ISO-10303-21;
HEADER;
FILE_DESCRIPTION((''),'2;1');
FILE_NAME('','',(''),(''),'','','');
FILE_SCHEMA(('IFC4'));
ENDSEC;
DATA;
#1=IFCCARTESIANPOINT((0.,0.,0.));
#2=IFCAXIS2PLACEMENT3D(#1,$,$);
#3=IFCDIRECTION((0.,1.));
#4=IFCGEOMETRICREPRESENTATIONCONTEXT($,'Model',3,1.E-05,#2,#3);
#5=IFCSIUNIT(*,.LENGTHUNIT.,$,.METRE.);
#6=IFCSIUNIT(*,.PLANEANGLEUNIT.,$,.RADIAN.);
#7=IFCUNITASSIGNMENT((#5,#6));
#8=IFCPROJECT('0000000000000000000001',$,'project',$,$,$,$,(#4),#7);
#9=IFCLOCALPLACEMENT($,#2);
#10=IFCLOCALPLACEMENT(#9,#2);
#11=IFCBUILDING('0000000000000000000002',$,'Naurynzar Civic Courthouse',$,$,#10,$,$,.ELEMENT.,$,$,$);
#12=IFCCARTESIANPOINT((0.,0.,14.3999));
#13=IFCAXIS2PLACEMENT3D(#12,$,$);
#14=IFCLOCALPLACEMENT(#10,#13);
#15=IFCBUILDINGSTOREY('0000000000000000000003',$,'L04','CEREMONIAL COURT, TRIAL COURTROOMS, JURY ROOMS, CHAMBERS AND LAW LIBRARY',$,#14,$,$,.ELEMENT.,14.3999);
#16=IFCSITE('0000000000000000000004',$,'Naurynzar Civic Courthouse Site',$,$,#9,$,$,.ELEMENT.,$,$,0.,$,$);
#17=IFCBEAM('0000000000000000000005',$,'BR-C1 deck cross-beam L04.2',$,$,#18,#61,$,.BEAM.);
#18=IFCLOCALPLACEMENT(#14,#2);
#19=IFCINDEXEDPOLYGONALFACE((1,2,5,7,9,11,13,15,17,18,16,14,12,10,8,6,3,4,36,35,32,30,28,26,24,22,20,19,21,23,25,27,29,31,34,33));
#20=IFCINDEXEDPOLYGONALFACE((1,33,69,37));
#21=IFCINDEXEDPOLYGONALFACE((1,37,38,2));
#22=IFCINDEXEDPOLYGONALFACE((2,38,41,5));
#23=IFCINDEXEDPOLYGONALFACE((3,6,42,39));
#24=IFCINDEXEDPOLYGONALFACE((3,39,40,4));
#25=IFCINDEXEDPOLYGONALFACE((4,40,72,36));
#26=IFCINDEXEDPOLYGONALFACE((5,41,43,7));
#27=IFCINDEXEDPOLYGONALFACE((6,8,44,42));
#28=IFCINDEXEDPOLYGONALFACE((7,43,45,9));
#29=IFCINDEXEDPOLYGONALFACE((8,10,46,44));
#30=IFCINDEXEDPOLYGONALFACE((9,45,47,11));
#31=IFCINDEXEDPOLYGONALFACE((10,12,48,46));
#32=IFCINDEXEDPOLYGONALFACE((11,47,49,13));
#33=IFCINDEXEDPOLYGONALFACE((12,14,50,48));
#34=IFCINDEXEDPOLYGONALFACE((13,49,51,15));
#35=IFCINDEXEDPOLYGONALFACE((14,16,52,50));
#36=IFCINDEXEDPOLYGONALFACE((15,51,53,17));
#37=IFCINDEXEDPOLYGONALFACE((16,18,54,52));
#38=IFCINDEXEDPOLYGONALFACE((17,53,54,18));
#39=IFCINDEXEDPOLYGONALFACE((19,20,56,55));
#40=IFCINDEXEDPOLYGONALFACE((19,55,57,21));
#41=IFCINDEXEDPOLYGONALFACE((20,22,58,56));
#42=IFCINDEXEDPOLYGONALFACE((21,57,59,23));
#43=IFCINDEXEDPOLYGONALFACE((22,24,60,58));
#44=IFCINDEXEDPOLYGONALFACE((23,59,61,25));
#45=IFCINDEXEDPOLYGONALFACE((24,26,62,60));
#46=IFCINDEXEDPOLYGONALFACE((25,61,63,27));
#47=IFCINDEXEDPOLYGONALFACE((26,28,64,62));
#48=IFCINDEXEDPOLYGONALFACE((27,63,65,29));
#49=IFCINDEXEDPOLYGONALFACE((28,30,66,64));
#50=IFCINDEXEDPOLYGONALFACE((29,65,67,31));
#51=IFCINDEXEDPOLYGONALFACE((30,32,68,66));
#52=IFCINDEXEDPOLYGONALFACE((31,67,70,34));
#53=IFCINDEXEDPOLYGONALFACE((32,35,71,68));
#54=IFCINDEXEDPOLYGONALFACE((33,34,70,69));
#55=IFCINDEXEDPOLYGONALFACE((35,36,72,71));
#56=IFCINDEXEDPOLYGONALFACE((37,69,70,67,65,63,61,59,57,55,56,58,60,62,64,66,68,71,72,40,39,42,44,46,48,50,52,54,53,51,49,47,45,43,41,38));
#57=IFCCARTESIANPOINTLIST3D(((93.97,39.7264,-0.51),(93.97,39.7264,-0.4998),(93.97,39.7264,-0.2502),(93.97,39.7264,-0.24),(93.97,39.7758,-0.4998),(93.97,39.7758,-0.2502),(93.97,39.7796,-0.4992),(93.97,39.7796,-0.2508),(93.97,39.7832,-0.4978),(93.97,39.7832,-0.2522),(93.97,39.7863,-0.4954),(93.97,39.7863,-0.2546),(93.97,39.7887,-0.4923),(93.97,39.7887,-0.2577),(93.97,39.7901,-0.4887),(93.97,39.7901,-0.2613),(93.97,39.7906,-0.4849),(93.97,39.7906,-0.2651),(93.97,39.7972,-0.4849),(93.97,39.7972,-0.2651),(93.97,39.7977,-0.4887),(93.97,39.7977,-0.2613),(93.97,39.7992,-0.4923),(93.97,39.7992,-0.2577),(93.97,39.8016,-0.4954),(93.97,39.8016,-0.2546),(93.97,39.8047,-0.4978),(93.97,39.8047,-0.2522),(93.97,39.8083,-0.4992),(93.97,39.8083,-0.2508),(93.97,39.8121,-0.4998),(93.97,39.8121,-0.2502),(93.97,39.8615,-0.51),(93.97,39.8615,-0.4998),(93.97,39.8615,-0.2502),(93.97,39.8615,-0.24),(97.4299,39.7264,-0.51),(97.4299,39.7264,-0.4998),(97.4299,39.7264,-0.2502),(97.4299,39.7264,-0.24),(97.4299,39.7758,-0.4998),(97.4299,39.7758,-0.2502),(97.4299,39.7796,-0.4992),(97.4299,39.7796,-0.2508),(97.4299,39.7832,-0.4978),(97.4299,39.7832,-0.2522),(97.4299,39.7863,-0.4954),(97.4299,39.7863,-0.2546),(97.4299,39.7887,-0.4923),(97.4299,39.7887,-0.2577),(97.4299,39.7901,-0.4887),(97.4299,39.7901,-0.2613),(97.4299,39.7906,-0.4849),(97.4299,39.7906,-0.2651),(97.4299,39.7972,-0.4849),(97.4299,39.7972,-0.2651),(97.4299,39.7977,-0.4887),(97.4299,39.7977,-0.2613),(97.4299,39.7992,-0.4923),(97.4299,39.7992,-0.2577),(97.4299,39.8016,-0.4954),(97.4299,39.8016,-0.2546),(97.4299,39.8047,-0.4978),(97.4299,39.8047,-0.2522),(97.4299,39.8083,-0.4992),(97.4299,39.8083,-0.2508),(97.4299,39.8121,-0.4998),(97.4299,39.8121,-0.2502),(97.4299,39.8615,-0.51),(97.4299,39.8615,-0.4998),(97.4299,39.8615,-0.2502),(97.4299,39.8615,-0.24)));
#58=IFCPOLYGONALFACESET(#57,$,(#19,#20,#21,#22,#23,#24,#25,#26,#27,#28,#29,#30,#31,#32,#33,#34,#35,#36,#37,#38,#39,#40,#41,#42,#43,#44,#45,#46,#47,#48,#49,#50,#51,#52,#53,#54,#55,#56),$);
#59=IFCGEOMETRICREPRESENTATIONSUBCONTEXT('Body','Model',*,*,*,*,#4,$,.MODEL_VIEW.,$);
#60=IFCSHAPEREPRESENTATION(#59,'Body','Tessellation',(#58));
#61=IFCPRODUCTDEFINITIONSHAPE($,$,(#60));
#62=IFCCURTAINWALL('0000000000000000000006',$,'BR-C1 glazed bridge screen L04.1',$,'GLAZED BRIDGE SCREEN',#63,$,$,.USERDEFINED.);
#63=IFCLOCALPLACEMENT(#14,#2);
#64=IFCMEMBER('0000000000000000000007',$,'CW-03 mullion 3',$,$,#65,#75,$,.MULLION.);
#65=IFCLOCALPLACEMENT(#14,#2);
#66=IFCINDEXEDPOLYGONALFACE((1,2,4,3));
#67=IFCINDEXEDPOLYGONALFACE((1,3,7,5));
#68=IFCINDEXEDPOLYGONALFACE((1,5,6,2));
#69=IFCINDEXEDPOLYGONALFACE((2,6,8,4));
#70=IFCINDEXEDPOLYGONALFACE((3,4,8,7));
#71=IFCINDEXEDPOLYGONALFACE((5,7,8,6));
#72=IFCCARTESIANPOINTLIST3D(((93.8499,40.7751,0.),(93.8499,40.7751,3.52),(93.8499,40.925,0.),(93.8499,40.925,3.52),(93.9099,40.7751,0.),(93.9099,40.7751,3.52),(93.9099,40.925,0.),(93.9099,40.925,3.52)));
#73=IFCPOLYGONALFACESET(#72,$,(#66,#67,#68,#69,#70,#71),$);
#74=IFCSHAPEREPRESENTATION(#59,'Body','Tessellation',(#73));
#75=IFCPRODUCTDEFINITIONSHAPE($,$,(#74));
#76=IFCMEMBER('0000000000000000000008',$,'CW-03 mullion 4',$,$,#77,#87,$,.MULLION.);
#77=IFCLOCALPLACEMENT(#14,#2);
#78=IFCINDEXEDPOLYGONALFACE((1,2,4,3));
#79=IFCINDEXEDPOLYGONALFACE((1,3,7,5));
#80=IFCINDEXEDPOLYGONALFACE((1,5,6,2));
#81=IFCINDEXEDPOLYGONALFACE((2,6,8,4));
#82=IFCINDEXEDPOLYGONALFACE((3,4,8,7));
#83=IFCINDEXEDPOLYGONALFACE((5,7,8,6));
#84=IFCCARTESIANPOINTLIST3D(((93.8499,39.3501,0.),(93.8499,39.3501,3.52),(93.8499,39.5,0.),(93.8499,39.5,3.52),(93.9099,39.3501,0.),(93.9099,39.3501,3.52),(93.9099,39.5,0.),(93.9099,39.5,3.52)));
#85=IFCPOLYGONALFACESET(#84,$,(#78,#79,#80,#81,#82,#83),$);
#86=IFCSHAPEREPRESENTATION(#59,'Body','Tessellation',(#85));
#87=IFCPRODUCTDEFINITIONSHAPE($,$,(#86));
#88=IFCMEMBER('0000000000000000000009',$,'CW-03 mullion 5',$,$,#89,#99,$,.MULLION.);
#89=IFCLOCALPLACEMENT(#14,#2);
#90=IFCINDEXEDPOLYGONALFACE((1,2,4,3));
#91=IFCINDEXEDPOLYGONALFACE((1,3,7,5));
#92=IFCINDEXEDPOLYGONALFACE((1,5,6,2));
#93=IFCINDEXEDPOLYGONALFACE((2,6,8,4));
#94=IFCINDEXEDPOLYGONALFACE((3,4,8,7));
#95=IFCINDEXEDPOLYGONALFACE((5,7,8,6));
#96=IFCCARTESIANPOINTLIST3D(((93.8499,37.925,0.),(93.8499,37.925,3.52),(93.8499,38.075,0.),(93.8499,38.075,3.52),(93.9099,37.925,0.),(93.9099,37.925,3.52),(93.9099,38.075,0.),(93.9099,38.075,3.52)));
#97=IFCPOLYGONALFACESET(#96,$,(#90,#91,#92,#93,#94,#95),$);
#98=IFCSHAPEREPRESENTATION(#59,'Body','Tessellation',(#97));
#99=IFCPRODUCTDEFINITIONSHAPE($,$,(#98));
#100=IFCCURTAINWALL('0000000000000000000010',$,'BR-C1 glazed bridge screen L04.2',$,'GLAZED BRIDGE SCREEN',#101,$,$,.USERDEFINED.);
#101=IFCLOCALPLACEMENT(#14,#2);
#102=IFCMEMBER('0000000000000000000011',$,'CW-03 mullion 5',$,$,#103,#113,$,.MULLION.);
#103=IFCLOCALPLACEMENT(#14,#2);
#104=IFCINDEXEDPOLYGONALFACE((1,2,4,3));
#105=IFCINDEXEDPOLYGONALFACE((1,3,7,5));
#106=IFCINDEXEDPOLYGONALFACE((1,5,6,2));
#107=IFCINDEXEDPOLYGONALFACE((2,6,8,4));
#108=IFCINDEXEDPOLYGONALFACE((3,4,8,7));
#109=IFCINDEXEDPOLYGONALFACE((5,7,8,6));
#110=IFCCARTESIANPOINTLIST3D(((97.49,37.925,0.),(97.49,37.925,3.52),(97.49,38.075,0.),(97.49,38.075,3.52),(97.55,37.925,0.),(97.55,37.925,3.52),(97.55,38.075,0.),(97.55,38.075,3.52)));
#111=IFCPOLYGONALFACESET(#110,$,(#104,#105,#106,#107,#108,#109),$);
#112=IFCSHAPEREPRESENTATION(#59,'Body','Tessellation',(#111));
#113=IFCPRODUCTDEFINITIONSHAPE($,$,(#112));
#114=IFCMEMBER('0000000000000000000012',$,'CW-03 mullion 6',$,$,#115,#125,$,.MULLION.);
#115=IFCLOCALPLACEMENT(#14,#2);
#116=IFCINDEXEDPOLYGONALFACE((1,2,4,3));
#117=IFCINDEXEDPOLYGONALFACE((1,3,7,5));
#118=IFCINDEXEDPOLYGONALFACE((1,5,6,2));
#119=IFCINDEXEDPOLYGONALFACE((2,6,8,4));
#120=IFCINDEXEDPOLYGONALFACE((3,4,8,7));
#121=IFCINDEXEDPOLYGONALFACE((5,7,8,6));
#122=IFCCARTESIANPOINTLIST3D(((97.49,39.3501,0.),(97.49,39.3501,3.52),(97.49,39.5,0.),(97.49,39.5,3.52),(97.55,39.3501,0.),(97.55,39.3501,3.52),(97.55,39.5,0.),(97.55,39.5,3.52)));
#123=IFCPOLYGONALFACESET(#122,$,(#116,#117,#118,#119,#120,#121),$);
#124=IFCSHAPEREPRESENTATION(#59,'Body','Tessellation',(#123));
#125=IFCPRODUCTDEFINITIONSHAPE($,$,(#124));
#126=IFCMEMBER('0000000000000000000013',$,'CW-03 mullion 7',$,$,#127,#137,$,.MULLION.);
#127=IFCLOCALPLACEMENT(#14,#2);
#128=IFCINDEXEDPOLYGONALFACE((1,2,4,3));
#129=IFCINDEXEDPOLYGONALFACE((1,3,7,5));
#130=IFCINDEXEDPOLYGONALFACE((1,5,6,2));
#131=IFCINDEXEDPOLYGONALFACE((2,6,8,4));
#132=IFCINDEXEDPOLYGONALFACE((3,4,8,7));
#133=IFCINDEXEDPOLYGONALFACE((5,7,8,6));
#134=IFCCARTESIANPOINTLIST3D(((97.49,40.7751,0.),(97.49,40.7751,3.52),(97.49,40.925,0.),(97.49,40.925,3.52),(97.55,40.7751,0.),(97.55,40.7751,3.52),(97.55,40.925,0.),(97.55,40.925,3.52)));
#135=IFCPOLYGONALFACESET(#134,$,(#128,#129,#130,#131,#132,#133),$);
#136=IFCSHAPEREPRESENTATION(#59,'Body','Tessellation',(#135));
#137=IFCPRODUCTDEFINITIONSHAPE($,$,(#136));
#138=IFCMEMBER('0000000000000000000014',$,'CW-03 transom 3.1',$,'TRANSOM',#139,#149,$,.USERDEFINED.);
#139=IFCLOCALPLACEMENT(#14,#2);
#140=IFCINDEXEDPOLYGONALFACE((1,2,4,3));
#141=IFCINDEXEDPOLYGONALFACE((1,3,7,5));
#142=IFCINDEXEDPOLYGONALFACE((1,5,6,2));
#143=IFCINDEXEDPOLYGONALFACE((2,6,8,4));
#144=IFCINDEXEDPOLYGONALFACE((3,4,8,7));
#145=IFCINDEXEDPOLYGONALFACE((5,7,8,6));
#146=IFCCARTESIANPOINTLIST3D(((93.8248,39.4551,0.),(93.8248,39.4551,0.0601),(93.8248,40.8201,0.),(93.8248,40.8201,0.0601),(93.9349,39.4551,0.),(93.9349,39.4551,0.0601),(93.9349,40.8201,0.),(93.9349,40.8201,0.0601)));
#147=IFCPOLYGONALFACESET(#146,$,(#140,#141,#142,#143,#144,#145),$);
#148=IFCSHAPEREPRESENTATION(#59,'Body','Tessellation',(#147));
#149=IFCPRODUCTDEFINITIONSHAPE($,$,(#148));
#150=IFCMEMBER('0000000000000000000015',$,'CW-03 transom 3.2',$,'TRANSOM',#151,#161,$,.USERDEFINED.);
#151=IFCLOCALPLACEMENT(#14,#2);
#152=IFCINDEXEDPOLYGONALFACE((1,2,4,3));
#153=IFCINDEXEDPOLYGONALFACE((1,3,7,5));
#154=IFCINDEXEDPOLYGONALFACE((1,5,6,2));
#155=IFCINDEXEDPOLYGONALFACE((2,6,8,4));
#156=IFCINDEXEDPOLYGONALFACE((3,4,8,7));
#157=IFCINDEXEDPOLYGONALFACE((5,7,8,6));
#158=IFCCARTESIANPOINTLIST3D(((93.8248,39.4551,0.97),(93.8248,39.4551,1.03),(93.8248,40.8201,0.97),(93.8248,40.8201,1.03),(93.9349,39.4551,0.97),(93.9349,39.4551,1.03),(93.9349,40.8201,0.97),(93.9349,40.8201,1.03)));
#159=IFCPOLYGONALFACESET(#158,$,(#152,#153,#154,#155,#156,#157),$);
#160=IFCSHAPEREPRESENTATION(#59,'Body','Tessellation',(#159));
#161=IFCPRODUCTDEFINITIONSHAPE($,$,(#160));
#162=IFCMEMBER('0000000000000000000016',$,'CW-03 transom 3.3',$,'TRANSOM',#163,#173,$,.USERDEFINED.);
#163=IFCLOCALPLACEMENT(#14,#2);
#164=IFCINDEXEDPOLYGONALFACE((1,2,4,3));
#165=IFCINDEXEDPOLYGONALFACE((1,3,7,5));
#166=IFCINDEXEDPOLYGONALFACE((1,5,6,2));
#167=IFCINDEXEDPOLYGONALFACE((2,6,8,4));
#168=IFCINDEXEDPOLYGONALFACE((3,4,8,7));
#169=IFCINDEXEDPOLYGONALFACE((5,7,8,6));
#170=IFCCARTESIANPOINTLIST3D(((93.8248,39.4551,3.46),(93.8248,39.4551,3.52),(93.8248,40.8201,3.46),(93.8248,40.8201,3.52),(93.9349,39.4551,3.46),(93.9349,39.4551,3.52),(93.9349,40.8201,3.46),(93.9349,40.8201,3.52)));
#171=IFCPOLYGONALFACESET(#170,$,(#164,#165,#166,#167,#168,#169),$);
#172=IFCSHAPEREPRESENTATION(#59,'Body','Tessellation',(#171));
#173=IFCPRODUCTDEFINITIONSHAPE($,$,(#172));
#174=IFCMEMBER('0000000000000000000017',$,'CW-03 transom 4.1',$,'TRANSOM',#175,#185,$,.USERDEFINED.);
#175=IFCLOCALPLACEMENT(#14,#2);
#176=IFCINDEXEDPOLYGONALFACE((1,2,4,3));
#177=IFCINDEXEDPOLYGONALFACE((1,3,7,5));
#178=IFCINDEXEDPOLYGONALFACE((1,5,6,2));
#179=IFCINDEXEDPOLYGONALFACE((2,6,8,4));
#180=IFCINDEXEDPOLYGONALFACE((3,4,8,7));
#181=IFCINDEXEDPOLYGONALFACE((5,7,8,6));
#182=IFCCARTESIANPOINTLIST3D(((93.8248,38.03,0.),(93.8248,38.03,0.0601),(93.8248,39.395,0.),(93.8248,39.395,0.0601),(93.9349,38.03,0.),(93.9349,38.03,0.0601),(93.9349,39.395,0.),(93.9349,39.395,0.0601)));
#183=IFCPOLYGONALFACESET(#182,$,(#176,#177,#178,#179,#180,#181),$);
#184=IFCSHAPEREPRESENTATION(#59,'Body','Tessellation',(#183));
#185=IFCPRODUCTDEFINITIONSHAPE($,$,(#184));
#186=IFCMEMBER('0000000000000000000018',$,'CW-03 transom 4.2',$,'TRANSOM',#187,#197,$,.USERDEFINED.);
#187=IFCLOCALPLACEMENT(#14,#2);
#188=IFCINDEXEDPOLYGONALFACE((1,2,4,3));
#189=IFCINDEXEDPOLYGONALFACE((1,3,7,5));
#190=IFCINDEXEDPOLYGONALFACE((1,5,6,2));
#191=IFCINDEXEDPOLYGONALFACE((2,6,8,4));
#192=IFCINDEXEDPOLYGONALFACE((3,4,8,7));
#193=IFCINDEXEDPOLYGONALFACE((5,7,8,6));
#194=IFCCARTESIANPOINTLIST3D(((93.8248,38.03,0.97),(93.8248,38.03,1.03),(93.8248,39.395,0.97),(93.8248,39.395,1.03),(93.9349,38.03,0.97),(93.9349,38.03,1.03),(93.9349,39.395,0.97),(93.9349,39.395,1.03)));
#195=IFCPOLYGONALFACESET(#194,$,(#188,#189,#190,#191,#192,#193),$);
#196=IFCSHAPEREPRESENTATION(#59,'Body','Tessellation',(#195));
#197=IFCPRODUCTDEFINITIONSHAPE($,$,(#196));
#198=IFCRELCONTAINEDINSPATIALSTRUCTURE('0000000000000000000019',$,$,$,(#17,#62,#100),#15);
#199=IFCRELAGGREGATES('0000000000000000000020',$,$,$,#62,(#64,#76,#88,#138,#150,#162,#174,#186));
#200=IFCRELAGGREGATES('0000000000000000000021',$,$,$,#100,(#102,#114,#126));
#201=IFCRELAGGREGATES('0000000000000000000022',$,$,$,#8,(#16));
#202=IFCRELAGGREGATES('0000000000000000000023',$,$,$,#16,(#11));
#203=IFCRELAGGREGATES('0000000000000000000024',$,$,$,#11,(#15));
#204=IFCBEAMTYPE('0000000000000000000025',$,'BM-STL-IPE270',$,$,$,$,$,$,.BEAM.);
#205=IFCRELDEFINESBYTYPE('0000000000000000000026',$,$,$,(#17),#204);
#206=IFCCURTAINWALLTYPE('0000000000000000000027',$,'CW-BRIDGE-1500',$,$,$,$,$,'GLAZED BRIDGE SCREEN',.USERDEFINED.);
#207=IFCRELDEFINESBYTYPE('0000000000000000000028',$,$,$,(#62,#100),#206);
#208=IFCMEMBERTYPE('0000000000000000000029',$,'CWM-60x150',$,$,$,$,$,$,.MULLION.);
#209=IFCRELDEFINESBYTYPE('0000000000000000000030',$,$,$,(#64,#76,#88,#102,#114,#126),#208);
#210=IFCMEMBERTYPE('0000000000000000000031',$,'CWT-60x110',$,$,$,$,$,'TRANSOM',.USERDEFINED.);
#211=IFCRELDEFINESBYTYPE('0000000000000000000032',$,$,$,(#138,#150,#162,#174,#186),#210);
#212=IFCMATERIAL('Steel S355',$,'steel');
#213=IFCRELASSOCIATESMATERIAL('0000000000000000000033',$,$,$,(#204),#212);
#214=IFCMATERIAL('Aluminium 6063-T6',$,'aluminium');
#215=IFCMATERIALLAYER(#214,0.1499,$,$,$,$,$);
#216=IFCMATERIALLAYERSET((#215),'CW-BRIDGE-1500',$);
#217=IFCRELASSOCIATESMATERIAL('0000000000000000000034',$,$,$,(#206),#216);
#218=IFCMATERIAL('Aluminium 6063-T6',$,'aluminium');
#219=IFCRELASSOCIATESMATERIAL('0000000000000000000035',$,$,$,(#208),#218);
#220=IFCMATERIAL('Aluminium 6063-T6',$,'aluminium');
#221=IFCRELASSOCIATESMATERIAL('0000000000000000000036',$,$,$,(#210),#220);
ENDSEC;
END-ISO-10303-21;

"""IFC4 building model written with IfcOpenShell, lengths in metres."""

from ifc_helpers import new_model, si_unit, direction, frame, origin, origin_2d, place, context, subcontext, project, spatial, rectangle, i_section, extrude, material, layer, layer_set, material_profile, profile_set, type_object, element, aggregate, save


model = new_model("IFC4")

# Units and contexts
model_context = context("Model", 3, precision=1e-05, world=origin(), true_north=direction((0.0, 1.0)))
body_context = subcontext(model_context, "Body", "Model", "MODEL_VIEW")
ifc_project = project(units=[si_unit("LENGTHUNIT", "METRE"), si_unit("PLANEANGLEUNIT", "RADIAN")], contexts=[model_context])

# Site, building, storey
site_placement = place(None, origin())
site = spatial("IfcSite", under=ifc_project, at=site_placement, Name="Naurynzar Civic Courthouse Site", CompositionType="ELEMENT", RefElevation=0.0)
building_placement = place(site_placement, origin())
building = spatial("IfcBuilding", under=site, at=building_placement, Name="Naurynzar Civic Courthouse", CompositionType="ELEMENT")
storey_placement = place(building_placement, frame((0.0, 0.0, 14.3999)))
storey = spatial("IfcBuildingStorey", under=building, at=storey_placement, Name="L04", Description="CEREMONIAL COURT, TRIAL COURTROOMS, JURY ROOMS, CHAMBERS AND LAW LIBRARY", CompositionType="ELEMENT", Elevation=14.3999)

# Beam
ifc_material_1 = material(Name="Steel S355", Category="steel")
ifc_material_profile_1 = material_profile(ifc_material_1, i_section(OverallWidth=0.135, OverallDepth=0.27, WebThickness=0.0066, FlangeThickness=0.0103, FilletRadius=0.0149, at=origin_2d()), Name="IPE 270")
ifc_profile_set_1 = profile_set([ifc_material_profile_1], Name="Steel S355")
beam_type = type_object("IfcBeamType", Name="BM-STL-IPE270", PredefinedType="BEAM", material=ifc_profile_set_1)
beam_placement = place(storey_placement, frame((93.97, 39.7939, -0.375), z_axis=(1.0, 0.0, 0.0), x_axis=(0.0, 1.0, 0.0)))
element("IfcBeam", 1, at=beam_placement, inside=storey, type_object=beam_type, Name="BR-C1 deck cross-beam L04.2", PredefinedType="BEAM", context=body_context, shape_type="SweptSolid", body=[
    extrude(i_section(OverallWidth=0.135, OverallDepth=0.27, WebThickness=0.0066, FlangeThickness=0.0103, FilletRadius=0.0149, at=origin_2d()), origin(), (0.0, 0.0, 1.0), 3.46),
])

# Curtain walls, members
ifc_material_2 = material(Name="Aluminium 6063-T6", Category="aluminium")
ifc_layer_1 = layer(ifc_material_2, 0.1499)
ifc_layer_set_1 = layer_set([ifc_layer_1], Name="CW-BRIDGE-1500")
curtain_wall_type = type_object("IfcCurtainWallType", Name="CW-BRIDGE-1500", ElementType="GLAZED BRIDGE SCREEN", PredefinedType="USERDEFINED", material=ifc_layer_set_1)
curtain_wall_1_placement = place(storey_placement, origin())
curtain_wall_1 = element("IfcCurtainWall", 2, at=curtain_wall_1_placement, inside=storey, type_object=curtain_wall_type, Name="BR-C1 glazed bridge screen L04.1", ObjectType="GLAZED BRIDGE SCREEN", PredefinedType="USERDEFINED")
ifc_material_3 = material(Name="Aluminium 6063-T6", Category="aluminium")
ifc_material_profile_2 = material_profile(ifc_material_3, rectangle(XDim=0.0601, YDim=0.1499, at=origin_2d()), Name="ALU MULLION 60x150")
ifc_profile_set_2 = profile_set([ifc_material_profile_2], Name="Aluminium 6063-T6")
member_type_1 = type_object("IfcMemberType", Name="CWM-60x150", PredefinedType="MULLION", material=ifc_profile_set_2)
member_1_placement = place(storey_placement, frame((93.8799, 40.8501, 0.0), z_axis=(0.0, 0.0, 1.0), x_axis=(1.0, 0.0, 0.0)))
member_1 = element("IfcMember", 3, at=member_1_placement, type_object=member_type_1, Name="CW-03 mullion 3", PredefinedType="MULLION", context=body_context, shape_type="SweptSolid", body=[
    extrude(rectangle(XDim=0.0601, YDim=0.1499, at=origin_2d()), origin(), (0.0, 0.0, 1.0), 3.52),
])
member_2_placement = place(storey_placement, frame((93.8799, 39.425, 0.0), z_axis=(0.0, 0.0, 1.0), x_axis=(1.0, 0.0, 0.0)))
member_2 = element("IfcMember", 4, at=member_2_placement, type_object=member_type_1, Name="CW-03 mullion 4", PredefinedType="MULLION", context=body_context, shape_type="SweptSolid", body=[
    extrude(rectangle(XDim=0.0601, YDim=0.1499, at=origin_2d()), origin(), (0.0, 0.0, 1.0), 3.52),
])
member_3_placement = place(storey_placement, frame((93.8799, 38.0, 0.0), z_axis=(0.0, 0.0, 1.0), x_axis=(1.0, 0.0, 0.0)))
member_3 = element("IfcMember", 5, at=member_3_placement, type_object=member_type_1, Name="CW-03 mullion 5", PredefinedType="MULLION", context=body_context, shape_type="SweptSolid", body=[
    extrude(rectangle(XDim=0.0601, YDim=0.1499, at=origin_2d()), origin(), (0.0, 0.0, 1.0), 3.52),
])
curtain_wall_2_placement = place(storey_placement, origin())
curtain_wall_2 = element("IfcCurtainWall", 6, at=curtain_wall_2_placement, inside=storey, type_object=curtain_wall_type, Name="BR-C1 glazed bridge screen L04.2", ObjectType="GLAZED BRIDGE SCREEN", PredefinedType="USERDEFINED")
member_4_placement = place(storey_placement, frame((97.52, 38.0, 0.0), z_axis=(0.0, 0.0, 1.0), x_axis=(-1.0, 0.0, 0.0)))
member_4 = element("IfcMember", 7, at=member_4_placement, type_object=member_type_1, Name="CW-03 mullion 5", PredefinedType="MULLION", context=body_context, shape_type="SweptSolid", body=[
    extrude(rectangle(XDim=0.0601, YDim=0.1499, at=origin_2d()), origin(), (0.0, 0.0, 1.0), 3.52),
])
member_5_placement = place(storey_placement, frame((97.52, 39.425, 0.0), z_axis=(0.0, 0.0, 1.0), x_axis=(-1.0, 0.0, 0.0)))
member_5 = element("IfcMember", 8, at=member_5_placement, type_object=member_type_1, Name="CW-03 mullion 6", PredefinedType="MULLION", context=body_context, shape_type="SweptSolid", body=[
    extrude(rectangle(XDim=0.0601, YDim=0.1499, at=origin_2d()), origin(), (0.0, 0.0, 1.0), 3.52),
])
member_6_placement = place(storey_placement, frame((97.52, 40.8501, 0.0), z_axis=(0.0, 0.0, 1.0), x_axis=(-1.0, 0.0, 0.0)))
member_6 = element("IfcMember", 9, at=member_6_placement, type_object=member_type_1, Name="CW-03 mullion 7", PredefinedType="MULLION", context=body_context, shape_type="SweptSolid", body=[
    extrude(rectangle(XDim=0.0601, YDim=0.1499, at=origin_2d()), origin(), (0.0, 0.0, 1.0), 3.52),
])

# Members
ifc_material_4 = material(Name="Aluminium 6063-T6", Category="aluminium")
ifc_material_profile_3 = material_profile(ifc_material_4, rectangle(XDim=0.1101, YDim=0.0601, at=origin_2d()), Name="ALU TRANSOM 60x110")
ifc_profile_set_3 = profile_set([ifc_material_profile_3], Name="Aluminium 6063-T6")
member_type_2 = type_object("IfcMemberType", Name="CWT-60x110", ElementType="TRANSOM", PredefinedType="USERDEFINED", material=ifc_profile_set_3)
member_7_placement = place(storey_placement, frame((93.8799, 40.8201, 0.03), z_axis=(0.0, -1.0, 0.0), x_axis=(1.0, 0.0, 0.0)))
member_7 = element("IfcMember", 10, at=member_7_placement, type_object=member_type_2, Name="CW-03 transom 3.1", ObjectType="TRANSOM", PredefinedType="USERDEFINED", context=body_context, shape_type="SweptSolid", body=[
    extrude(rectangle(XDim=0.1101, YDim=0.0601, at=origin_2d()), origin(), (0.0, 0.0, 1.0), 1.365),
])
member_8_placement = place(storey_placement, frame((93.8799, 40.8201, 1.0), z_axis=(0.0, -1.0, 0.0), x_axis=(1.0, 0.0, 0.0)))
member_8 = element("IfcMember", 11, at=member_8_placement, type_object=member_type_2, Name="CW-03 transom 3.2", ObjectType="TRANSOM", PredefinedType="USERDEFINED", context=body_context, shape_type="SweptSolid", body=[
    extrude(rectangle(XDim=0.1101, YDim=0.0601, at=origin_2d()), origin(), (0.0, 0.0, 1.0), 1.365),
])
member_9_placement = place(storey_placement, frame((93.8799, 40.8201, 3.49), z_axis=(0.0, -1.0, 0.0), x_axis=(1.0, 0.0, 0.0)))
member_9 = element("IfcMember", 12, at=member_9_placement, type_object=member_type_2, Name="CW-03 transom 3.3", ObjectType="TRANSOM", PredefinedType="USERDEFINED", context=body_context, shape_type="SweptSolid", body=[
    extrude(rectangle(XDim=0.1101, YDim=0.0601, at=origin_2d()), origin(), (0.0, 0.0, 1.0), 1.365),
])
member_10_placement = place(storey_placement, frame((93.8799, 39.395, 0.03), z_axis=(0.0, -1.0, 0.0), x_axis=(1.0, 0.0, 0.0)))
member_10 = element("IfcMember", 13, at=member_10_placement, type_object=member_type_2, Name="CW-03 transom 4.1", ObjectType="TRANSOM", PredefinedType="USERDEFINED", context=body_context, shape_type="SweptSolid", body=[
    extrude(rectangle(XDim=0.1101, YDim=0.0601, at=origin_2d()), origin(), (0.0, 0.0, 1.0), 1.365),
])
member_11_placement = place(storey_placement, frame((93.8799, 39.395, 1.0), z_axis=(0.0, -1.0, 0.0), x_axis=(1.0, 0.0, 0.0)))
member_11 = element("IfcMember", 14, at=member_11_placement, type_object=member_type_2, Name="CW-03 transom 4.2", ObjectType="TRANSOM", PredefinedType="USERDEFINED", context=body_context, shape_type="SweptSolid", body=[
    extrude(rectangle(XDim=0.1101, YDim=0.0601, at=origin_2d()), origin(), (0.0, 0.0, 1.0), 1.365),
])

aggregate(curtain_wall_1, [member_1, member_2, member_3, member_7, member_8, member_9, member_10, member_11])
aggregate(curtain_wall_2, [member_4, member_5, member_6])

save(model, "model.ifc")
